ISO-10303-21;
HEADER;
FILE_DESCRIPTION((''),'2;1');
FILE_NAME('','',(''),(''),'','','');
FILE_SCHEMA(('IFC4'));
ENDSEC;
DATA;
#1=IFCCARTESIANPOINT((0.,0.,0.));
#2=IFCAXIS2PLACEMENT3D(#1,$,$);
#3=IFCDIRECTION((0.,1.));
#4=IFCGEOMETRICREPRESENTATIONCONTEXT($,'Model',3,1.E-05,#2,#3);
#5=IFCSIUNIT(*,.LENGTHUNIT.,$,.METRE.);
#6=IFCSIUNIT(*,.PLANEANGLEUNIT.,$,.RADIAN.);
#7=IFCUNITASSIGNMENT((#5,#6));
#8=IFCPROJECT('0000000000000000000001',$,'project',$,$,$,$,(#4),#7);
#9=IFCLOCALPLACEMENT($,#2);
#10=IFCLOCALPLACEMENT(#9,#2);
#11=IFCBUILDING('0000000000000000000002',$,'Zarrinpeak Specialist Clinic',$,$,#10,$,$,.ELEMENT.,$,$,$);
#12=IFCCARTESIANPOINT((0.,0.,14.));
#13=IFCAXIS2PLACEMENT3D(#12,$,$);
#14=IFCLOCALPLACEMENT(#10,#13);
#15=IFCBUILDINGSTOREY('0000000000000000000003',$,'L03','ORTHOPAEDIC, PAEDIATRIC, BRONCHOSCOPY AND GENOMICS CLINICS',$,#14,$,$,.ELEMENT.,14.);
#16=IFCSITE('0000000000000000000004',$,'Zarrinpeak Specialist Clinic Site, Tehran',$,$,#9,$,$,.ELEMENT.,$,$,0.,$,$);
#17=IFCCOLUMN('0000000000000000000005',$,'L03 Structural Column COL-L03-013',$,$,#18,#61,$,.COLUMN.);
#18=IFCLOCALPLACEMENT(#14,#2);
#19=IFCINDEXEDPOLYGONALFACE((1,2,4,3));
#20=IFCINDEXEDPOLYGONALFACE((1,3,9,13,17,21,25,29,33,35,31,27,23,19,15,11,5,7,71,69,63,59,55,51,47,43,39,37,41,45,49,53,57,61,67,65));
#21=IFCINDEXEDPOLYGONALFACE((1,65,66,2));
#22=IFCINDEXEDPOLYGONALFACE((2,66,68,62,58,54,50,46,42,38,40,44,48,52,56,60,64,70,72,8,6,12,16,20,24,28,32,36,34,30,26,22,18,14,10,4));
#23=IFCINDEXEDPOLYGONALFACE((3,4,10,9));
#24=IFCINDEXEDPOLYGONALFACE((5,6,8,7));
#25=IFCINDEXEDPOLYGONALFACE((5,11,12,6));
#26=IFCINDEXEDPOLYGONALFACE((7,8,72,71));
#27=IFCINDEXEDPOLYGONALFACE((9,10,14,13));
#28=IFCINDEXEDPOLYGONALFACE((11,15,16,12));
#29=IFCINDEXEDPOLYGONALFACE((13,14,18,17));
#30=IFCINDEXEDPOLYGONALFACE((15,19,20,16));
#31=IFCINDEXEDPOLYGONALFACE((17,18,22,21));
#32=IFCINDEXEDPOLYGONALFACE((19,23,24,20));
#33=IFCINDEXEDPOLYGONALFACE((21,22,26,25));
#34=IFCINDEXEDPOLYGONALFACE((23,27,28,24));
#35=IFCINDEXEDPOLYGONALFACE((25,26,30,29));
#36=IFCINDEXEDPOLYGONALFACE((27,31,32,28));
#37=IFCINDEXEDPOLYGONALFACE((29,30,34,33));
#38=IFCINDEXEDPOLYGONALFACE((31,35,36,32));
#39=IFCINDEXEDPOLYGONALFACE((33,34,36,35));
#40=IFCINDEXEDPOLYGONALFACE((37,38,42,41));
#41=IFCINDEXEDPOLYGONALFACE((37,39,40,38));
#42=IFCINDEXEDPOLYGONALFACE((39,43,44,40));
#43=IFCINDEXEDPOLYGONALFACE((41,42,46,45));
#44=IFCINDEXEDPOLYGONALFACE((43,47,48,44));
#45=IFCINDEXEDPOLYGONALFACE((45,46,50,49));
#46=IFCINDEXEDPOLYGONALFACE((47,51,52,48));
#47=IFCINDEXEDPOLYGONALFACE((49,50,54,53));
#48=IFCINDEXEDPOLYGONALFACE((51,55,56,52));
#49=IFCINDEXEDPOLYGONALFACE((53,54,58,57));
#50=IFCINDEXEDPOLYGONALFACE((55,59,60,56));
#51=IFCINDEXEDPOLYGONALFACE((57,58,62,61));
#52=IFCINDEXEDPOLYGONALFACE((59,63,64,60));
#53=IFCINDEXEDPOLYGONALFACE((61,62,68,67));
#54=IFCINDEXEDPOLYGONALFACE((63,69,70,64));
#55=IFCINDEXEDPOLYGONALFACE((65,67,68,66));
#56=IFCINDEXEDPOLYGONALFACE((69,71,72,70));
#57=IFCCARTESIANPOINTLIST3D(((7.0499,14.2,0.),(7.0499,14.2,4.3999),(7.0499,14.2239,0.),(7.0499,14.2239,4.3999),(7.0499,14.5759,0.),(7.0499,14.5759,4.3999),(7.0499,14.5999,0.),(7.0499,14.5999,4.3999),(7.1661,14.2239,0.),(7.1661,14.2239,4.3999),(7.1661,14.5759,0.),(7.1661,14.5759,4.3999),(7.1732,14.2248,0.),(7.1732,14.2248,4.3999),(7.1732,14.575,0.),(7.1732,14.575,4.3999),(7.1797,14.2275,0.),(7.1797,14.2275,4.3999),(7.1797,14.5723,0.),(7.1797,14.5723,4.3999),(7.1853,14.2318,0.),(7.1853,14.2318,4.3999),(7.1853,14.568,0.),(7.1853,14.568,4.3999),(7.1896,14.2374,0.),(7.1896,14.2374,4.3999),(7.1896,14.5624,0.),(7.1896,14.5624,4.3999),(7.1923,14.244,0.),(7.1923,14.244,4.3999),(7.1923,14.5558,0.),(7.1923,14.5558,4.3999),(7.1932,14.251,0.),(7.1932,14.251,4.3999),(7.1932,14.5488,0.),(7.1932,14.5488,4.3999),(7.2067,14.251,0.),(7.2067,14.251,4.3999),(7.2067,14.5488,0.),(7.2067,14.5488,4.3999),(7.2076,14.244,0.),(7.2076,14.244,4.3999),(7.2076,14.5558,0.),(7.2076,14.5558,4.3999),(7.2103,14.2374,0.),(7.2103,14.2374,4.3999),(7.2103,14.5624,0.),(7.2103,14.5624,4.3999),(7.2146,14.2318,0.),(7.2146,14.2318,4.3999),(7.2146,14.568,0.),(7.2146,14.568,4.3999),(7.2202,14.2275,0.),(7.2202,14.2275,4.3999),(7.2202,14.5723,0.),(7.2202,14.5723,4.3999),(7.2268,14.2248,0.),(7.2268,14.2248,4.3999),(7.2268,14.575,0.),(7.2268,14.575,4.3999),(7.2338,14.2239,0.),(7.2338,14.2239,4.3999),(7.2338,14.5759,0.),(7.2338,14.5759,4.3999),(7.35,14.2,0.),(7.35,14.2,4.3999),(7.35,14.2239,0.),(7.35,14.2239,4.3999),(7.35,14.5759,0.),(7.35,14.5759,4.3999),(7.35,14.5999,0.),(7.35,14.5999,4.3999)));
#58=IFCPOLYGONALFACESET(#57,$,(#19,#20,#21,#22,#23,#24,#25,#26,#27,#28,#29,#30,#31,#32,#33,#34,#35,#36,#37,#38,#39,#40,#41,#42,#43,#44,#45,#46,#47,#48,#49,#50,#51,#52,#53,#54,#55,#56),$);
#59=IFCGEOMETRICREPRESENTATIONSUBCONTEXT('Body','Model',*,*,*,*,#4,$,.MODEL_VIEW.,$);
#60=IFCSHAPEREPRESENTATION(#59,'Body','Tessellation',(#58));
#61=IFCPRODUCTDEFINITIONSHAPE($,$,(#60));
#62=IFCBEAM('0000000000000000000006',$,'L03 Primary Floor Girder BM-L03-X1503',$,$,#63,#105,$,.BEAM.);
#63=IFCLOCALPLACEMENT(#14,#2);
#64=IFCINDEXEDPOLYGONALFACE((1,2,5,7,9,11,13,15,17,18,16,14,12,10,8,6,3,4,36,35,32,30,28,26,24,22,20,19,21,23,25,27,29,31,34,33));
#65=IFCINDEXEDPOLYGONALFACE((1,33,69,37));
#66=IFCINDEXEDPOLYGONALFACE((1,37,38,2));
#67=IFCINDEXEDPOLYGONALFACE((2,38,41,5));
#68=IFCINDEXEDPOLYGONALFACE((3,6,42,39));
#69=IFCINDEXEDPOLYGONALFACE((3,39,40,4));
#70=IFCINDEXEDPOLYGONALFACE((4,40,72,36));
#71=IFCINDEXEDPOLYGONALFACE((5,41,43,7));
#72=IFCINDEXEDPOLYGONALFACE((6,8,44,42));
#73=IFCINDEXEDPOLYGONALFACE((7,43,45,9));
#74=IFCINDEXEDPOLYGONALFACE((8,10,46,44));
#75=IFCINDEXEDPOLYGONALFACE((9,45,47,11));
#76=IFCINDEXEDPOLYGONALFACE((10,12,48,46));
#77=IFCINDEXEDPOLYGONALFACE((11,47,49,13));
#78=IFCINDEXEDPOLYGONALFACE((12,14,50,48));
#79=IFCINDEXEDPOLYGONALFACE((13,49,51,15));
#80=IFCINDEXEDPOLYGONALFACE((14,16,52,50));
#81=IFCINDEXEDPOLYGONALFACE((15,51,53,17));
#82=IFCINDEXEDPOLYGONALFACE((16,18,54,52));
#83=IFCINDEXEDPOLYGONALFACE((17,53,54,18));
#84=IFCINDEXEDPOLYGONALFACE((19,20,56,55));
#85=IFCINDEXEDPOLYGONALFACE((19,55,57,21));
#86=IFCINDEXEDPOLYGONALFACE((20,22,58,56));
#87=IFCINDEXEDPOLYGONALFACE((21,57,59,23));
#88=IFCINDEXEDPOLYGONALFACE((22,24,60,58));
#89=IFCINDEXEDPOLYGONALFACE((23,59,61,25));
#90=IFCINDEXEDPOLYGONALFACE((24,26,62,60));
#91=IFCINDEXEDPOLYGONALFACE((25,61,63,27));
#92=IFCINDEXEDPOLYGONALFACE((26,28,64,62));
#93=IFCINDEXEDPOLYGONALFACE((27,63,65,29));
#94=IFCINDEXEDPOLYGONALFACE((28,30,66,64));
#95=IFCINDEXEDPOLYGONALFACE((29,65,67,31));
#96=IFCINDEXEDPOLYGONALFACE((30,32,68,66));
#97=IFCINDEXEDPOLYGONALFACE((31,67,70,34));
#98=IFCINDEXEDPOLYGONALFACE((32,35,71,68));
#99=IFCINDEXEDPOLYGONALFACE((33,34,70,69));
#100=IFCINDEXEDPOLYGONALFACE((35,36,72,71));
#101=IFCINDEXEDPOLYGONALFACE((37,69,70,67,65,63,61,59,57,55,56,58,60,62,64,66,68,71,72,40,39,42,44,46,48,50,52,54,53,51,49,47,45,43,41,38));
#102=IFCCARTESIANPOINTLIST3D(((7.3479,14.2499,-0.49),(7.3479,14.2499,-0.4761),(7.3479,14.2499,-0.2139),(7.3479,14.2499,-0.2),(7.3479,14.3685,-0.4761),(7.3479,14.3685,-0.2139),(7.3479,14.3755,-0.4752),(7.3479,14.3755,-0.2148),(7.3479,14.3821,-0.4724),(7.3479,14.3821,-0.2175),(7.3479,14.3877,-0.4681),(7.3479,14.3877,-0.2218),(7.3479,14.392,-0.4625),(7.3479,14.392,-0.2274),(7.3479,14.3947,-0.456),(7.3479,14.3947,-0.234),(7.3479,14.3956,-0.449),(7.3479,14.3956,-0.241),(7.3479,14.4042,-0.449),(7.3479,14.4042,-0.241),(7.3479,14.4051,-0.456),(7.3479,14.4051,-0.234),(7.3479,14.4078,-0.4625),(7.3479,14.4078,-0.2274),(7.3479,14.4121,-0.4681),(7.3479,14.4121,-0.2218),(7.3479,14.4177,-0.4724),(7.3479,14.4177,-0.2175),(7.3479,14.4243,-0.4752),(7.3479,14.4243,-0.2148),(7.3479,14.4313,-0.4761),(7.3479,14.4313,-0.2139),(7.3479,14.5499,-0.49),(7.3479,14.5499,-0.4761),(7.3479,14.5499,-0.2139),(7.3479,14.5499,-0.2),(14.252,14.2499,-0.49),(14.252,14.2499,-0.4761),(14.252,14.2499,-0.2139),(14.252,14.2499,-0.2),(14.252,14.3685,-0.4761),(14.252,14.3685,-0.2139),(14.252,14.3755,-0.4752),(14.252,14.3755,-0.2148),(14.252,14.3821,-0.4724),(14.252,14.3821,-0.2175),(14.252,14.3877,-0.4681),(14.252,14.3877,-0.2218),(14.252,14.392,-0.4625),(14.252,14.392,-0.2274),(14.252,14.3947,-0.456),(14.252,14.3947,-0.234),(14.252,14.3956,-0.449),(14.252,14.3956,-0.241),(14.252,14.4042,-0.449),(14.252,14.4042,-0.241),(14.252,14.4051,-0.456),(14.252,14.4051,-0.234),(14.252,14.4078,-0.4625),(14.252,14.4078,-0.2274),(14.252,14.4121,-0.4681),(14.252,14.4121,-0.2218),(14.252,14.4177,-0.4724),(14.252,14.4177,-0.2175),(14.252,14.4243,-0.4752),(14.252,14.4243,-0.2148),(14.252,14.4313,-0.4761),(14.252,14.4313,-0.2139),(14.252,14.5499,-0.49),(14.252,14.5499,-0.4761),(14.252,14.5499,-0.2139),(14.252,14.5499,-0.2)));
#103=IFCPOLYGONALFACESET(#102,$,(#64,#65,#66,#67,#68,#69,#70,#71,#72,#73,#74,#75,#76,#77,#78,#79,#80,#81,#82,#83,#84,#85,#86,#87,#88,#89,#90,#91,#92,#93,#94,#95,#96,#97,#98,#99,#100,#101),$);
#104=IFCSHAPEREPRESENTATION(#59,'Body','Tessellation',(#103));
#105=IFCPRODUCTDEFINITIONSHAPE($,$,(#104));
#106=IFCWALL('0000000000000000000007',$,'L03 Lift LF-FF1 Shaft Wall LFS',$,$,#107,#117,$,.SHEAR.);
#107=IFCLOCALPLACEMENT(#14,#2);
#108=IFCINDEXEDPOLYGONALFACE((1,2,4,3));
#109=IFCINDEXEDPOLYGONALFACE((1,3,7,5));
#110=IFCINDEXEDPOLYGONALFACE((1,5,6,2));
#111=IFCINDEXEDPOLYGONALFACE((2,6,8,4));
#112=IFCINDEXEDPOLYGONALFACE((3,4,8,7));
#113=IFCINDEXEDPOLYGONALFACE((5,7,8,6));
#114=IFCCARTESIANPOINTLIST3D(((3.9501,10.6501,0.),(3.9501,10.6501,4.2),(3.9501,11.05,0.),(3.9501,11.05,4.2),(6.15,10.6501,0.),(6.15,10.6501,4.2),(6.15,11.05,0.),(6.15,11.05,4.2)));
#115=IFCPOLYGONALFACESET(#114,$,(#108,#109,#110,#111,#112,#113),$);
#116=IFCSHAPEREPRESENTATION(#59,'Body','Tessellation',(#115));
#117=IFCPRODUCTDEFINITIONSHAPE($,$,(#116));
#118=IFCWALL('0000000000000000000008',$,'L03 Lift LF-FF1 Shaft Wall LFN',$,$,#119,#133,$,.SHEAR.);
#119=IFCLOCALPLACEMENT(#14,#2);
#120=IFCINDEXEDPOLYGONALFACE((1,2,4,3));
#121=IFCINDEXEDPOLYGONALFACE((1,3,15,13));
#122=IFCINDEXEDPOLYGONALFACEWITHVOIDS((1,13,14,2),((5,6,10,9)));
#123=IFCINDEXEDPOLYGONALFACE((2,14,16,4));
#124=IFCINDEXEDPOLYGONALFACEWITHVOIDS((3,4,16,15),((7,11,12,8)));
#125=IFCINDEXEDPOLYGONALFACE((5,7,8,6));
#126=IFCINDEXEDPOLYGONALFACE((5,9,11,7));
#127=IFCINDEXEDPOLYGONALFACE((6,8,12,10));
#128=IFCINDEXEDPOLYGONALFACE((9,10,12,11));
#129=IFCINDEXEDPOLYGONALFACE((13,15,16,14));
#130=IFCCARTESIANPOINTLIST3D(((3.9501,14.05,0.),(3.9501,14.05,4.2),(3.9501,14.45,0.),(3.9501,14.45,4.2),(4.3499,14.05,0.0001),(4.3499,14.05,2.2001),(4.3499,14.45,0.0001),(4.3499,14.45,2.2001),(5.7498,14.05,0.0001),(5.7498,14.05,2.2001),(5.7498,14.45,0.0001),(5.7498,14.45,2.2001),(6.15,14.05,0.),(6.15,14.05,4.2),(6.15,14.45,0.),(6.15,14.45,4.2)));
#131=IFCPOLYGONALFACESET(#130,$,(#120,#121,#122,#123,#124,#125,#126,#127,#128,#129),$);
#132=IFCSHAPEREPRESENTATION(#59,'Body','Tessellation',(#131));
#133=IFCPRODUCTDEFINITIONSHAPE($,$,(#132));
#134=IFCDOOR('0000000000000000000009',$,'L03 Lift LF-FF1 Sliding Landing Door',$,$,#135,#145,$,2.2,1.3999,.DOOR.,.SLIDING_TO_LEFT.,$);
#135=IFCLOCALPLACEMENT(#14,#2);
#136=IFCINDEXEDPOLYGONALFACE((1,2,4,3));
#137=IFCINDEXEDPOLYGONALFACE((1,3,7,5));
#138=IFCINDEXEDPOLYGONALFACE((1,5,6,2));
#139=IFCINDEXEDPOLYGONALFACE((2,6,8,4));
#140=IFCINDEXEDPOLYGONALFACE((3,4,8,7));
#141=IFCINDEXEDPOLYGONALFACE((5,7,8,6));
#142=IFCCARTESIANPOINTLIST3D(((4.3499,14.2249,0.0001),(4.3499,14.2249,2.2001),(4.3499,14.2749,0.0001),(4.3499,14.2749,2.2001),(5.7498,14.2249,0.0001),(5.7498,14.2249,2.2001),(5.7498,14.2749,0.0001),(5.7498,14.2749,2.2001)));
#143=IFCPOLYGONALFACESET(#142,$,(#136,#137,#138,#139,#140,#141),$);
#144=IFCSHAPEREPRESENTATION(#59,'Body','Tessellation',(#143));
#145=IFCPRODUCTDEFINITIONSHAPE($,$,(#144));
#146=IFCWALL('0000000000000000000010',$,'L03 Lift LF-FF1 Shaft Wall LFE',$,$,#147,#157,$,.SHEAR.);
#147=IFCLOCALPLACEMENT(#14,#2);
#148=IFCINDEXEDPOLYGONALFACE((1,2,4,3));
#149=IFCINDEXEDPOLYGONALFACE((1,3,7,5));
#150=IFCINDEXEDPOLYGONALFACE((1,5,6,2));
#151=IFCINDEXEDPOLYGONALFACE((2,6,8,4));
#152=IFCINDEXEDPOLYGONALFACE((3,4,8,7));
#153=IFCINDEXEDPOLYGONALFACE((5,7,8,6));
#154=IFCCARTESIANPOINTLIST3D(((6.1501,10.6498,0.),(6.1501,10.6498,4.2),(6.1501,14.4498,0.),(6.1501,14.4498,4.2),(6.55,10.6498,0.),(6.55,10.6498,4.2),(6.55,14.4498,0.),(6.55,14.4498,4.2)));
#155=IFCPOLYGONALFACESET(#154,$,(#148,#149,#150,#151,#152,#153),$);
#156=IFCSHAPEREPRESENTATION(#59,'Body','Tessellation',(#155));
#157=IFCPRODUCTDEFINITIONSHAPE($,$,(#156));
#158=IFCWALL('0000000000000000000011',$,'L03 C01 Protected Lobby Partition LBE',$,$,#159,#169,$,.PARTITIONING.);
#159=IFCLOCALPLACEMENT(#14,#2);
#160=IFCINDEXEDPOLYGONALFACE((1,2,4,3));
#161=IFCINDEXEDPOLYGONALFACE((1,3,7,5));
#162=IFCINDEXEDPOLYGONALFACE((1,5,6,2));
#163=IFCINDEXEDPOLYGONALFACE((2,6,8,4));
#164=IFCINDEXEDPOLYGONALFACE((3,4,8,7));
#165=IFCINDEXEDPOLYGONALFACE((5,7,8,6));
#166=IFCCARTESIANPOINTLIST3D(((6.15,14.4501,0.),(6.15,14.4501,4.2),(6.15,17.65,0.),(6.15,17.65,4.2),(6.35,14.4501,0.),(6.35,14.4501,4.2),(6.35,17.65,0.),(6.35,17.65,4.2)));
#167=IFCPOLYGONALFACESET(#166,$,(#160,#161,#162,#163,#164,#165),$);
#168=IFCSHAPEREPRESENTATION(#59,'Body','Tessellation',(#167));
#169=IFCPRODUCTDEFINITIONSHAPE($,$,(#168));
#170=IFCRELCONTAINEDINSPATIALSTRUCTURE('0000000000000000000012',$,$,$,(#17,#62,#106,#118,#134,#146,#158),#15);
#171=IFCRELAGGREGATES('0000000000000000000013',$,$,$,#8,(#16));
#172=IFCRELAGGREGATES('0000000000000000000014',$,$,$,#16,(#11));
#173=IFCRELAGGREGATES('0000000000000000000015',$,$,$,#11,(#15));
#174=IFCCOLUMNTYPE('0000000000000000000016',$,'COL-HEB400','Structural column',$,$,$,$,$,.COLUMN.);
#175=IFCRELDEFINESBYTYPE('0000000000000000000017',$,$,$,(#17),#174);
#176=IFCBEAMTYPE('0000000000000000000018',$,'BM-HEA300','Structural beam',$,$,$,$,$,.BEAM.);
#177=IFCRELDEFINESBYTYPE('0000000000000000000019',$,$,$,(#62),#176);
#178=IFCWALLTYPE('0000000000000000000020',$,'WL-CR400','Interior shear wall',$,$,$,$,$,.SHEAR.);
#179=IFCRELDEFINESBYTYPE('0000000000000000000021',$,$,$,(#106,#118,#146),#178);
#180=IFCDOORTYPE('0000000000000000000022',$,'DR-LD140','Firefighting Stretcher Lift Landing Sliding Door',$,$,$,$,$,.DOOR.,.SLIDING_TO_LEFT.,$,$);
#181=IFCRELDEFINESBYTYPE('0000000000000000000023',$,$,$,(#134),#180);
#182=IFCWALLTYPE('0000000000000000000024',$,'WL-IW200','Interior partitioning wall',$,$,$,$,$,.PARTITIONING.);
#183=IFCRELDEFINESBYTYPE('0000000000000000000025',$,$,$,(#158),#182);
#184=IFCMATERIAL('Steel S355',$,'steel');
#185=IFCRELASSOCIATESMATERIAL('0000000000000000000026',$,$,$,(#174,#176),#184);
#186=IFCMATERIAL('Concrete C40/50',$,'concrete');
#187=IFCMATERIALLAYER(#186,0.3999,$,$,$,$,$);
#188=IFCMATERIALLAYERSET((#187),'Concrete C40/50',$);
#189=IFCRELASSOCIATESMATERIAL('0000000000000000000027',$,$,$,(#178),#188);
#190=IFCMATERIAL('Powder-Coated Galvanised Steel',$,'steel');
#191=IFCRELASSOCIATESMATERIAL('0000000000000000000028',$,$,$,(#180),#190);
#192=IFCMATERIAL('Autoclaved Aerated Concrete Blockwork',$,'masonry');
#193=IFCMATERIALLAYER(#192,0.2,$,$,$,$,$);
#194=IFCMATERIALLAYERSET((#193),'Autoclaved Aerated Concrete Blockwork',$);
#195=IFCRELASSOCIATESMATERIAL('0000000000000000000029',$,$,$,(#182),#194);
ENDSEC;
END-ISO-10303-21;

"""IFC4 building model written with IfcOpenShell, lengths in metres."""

from ifc_helpers import new_model, si_unit, direction, frame, frame_2d, origin, origin_2d, place, context, subcontext, project, spatial, rectangle, i_section, extrude, material, layer, layer_set, material_profile, profile_set, type_object, element, fill, save


model = new_model("IFC4")

# Units and contexts
model_context = context("Model", 3, precision=1e-05, world=origin(), true_north=direction((0.0, 1.0)))
body_context = subcontext(model_context, "Body", "Model", "MODEL_VIEW")
ifc_project = project(units=[si_unit("LENGTHUNIT", "METRE"), si_unit("PLANEANGLEUNIT", "RADIAN")], contexts=[model_context])

# Site, building, storey
site_placement = place(None, origin())
site = spatial("IfcSite", under=ifc_project, at=site_placement, Name="Zarrinpeak Specialist Clinic Site, Tehran", CompositionType="ELEMENT", RefElevation=0.0)
building_placement = place(site_placement, origin())
building = spatial("IfcBuilding", under=site, at=building_placement, Name="Zarrinpeak Specialist Clinic", CompositionType="ELEMENT")
storey_placement = place(building_placement, frame((0.0, 0.0, 14.0)))
storey = spatial("IfcBuildingStorey", under=building, at=storey_placement, Name="L03", Description="ORTHOPAEDIC, PAEDIATRIC, BRONCHOSCOPY AND GENOMICS CLINICS", CompositionType="ELEMENT", Elevation=14.0)

# Column
ifc_material_1 = material(Name="Steel S355", Category="steel")
ifc_material_profile_1 = material_profile(ifc_material_1, i_section(OverallWidth=0.3, OverallDepth=0.3999, WebThickness=0.0134, FlangeThickness=0.0239, FilletRadius=0.0271, at=origin_2d()), Name="HEB 400")
ifc_profile_set_1 = profile_set([ifc_material_profile_1], Name="Steel S355")
column_type = type_object("IfcColumnType", Name="COL-HEB400", Description="Structural column", PredefinedType="COLUMN", material=ifc_profile_set_1)
column_placement = place(storey_placement, frame((7.2, 14.3999, 0.0), z_axis=(0.0, 0.0, 1.0), x_axis=(1.0, 0.0, 0.0)))
element("IfcColumn", 1, at=column_placement, inside=storey, type_object=column_type, Name="L03 Structural Column COL-L03-013", PredefinedType="COLUMN", context=body_context, shape_type="SweptSolid", body=[
    extrude(i_section(OverallWidth=0.3, OverallDepth=0.3999, WebThickness=0.0134, FlangeThickness=0.0239, FilletRadius=0.0271, at=origin_2d()), origin(), (0.0, 0.0, 1.0), 4.3999),
])

# Beam
ifc_material_profile_2 = material_profile(ifc_material_1, i_section(OverallWidth=0.3, OverallDepth=0.29, WebThickness=0.0085, FlangeThickness=0.0139, FilletRadius=0.0271, at=origin_2d()), Name="HEA 300")
ifc_profile_set_2 = profile_set([ifc_material_profile_2], Name="Steel S355")
beam_type = type_object("IfcBeamType", Name="BM-HEA300", Description="Structural beam", PredefinedType="BEAM", material=ifc_profile_set_2)
beam_placement = place(storey_placement, frame((7.3479, 14.3999, -0.345), z_axis=(1.0, 0.0, 0.0), x_axis=(0.0, 1.0, 0.0)))
element("IfcBeam", 2, at=beam_placement, inside=storey, type_object=beam_type, Name="L03 Primary Floor Girder BM-L03-X1503", PredefinedType="BEAM", context=body_context, shape_type="SweptSolid", body=[
    extrude(i_section(OverallWidth=0.3, OverallDepth=0.29, WebThickness=0.0085, FlangeThickness=0.0139, FilletRadius=0.0271, at=origin_2d()), origin(), (0.0, 0.0, 1.0), 6.9041),
])

# Shared definitions
ifc_material_2 = material(Name="Concrete C40/50", Category="concrete")
ifc_layer_1 = layer(ifc_material_2, 0.3999)
ifc_layer_set_1 = layer_set([ifc_layer_1], Name="Concrete C40/50")
wall_type_1 = type_object("IfcWallType", Name="WL-CR400", Description="Interior shear wall", PredefinedType="SHEAR", material=ifc_layer_set_1)
ifc_material_3 = material(Name="Powder-Coated Galvanised Steel", Category="steel")

# Wall
wall_1_placement = place(storey_placement, frame((3.95, 10.8501, 0.0), z_axis=(0.0, 0.0, 1.0), x_axis=(1.0, 0.0, 0.0)))
element("IfcWall", 3, at=wall_1_placement, inside=storey, type_object=wall_type_1, Name="L03 Lift LF-FF1 Shaft Wall LFS", PredefinedType="SHEAR", context=body_context, shape_type="SweptSolid", body=[
    extrude(rectangle(XDim=2.2, YDim=0.3999, at=frame_2d((1.1001, 0.0))), origin(), (0.0, 0.0, 1.0), 4.2),
])

# Wall, opening, door
wall_2_placement = place(storey_placement, frame((3.95, 14.25, 0.0), z_axis=(0.0, 0.0, 1.0), x_axis=(1.0, 0.0, 0.0)))
wall_2 = element("IfcWall", 4, at=wall_2_placement, inside=storey, type_object=wall_type_1, Name="L03 Lift LF-FF1 Shaft Wall LFN", PredefinedType="SHEAR", context=body_context, shape_type="SweptSolid", body=[
    extrude(rectangle(XDim=2.2, YDim=0.3999, at=frame_2d((1.1001, 0.0))), origin(), (0.0, 0.0, 1.0), 4.2),
])
opening_1_placement = place(wall_2_placement, frame((0.3999, 0.0, 0.0)))
opening_1 = element("IfcOpeningElement", 5, at=opening_1_placement, cuts=wall_2, PredefinedType="OPENING", context=body_context, shape_type="SweptSolid", body=[
    extrude(rectangle(XDim=1.3999, YDim=2.2, at=frame_2d((0.7, 1.1001))), frame((0.0, 0.21, 0.0), z_axis=(0.0, -1.0, 0.0), x_axis=(1.0, 0.0, 0.0)), (0.0, 0.0, 1.0), 0.4199),
])
door_type_1 = type_object("IfcDoorType", Name="DR-LD140", Description="Firefighting Stretcher Lift Landing Sliding Door", OperationType="SLIDING_TO_LEFT", PredefinedType="DOOR", material=ifc_material_3)
door_1_placement = place(opening_1_placement, origin())
door_1 = element("IfcDoor", 6, at=door_1_placement, inside=storey, type_object=door_type_1, Name="L03 Lift LF-FF1 Sliding Landing Door", OperationType="SLIDING_TO_LEFT", OverallHeight=2.2, OverallWidth=1.3999, PredefinedType="DOOR", context=body_context, shape_type="SweptSolid", body=[
    extrude(rectangle(XDim=1.3999, YDim=2.2, at=frame_2d((0.7, 1.1001))), frame((0.0, 0.0249, 0.0), z_axis=(0.0, -1.0, 0.0), x_axis=(1.0, 0.0, 0.0)), (0.0, 0.0, 1.0), 0.05),
])
fill(opening_1, door_1)

# Walls
wall_3_placement = place(storey_placement, frame((6.3501, 10.6499, 0.0), z_axis=(0.0, 0.0, 1.0), x_axis=(0.0, 1.0, 0.0)))
element("IfcWall", 7, at=wall_3_placement, inside=storey, type_object=wall_type_1, Name="L03 Lift LF-FF1 Shaft Wall LFE", PredefinedType="SHEAR", context=body_context, shape_type="SweptSolid", body=[
    extrude(rectangle(XDim=3.8, YDim=0.3999, at=frame_2d((1.8999, 0.0))), origin(), (0.0, 0.0, 1.0), 4.2),
])
ifc_material_4 = material(Name="Autoclaved Aerated Concrete Blockwork", Category="masonry")
ifc_layer_2 = layer(ifc_material_4, 0.2)
ifc_layer_set_2 = layer_set([ifc_layer_2], Name="Autoclaved Aerated Concrete Blockwork")
wall_type_2 = type_object("IfcWallType", Name="WL-IW200", Description="Interior partitioning wall", PredefinedType="PARTITIONING", material=ifc_layer_set_2)
wall_4_placement = place(storey_placement, frame((6.25, 14.45, 0.0), z_axis=(0.0, 0.0, 1.0), x_axis=(0.0, 1.0, 0.0)))
element("IfcWall", 8, at=wall_4_placement, inside=storey, type_object=wall_type_2, Name="L03 C01 Protected Lobby Partition LBE", PredefinedType="PARTITIONING", context=body_context, shape_type="SweptSolid", body=[
    extrude(rectangle(XDim=3.2, YDim=0.2, at=frame_2d((1.6001, 0.0))), origin(), (0.0, 0.0, 1.0), 4.2),
])

save(model, "model.ifc")
